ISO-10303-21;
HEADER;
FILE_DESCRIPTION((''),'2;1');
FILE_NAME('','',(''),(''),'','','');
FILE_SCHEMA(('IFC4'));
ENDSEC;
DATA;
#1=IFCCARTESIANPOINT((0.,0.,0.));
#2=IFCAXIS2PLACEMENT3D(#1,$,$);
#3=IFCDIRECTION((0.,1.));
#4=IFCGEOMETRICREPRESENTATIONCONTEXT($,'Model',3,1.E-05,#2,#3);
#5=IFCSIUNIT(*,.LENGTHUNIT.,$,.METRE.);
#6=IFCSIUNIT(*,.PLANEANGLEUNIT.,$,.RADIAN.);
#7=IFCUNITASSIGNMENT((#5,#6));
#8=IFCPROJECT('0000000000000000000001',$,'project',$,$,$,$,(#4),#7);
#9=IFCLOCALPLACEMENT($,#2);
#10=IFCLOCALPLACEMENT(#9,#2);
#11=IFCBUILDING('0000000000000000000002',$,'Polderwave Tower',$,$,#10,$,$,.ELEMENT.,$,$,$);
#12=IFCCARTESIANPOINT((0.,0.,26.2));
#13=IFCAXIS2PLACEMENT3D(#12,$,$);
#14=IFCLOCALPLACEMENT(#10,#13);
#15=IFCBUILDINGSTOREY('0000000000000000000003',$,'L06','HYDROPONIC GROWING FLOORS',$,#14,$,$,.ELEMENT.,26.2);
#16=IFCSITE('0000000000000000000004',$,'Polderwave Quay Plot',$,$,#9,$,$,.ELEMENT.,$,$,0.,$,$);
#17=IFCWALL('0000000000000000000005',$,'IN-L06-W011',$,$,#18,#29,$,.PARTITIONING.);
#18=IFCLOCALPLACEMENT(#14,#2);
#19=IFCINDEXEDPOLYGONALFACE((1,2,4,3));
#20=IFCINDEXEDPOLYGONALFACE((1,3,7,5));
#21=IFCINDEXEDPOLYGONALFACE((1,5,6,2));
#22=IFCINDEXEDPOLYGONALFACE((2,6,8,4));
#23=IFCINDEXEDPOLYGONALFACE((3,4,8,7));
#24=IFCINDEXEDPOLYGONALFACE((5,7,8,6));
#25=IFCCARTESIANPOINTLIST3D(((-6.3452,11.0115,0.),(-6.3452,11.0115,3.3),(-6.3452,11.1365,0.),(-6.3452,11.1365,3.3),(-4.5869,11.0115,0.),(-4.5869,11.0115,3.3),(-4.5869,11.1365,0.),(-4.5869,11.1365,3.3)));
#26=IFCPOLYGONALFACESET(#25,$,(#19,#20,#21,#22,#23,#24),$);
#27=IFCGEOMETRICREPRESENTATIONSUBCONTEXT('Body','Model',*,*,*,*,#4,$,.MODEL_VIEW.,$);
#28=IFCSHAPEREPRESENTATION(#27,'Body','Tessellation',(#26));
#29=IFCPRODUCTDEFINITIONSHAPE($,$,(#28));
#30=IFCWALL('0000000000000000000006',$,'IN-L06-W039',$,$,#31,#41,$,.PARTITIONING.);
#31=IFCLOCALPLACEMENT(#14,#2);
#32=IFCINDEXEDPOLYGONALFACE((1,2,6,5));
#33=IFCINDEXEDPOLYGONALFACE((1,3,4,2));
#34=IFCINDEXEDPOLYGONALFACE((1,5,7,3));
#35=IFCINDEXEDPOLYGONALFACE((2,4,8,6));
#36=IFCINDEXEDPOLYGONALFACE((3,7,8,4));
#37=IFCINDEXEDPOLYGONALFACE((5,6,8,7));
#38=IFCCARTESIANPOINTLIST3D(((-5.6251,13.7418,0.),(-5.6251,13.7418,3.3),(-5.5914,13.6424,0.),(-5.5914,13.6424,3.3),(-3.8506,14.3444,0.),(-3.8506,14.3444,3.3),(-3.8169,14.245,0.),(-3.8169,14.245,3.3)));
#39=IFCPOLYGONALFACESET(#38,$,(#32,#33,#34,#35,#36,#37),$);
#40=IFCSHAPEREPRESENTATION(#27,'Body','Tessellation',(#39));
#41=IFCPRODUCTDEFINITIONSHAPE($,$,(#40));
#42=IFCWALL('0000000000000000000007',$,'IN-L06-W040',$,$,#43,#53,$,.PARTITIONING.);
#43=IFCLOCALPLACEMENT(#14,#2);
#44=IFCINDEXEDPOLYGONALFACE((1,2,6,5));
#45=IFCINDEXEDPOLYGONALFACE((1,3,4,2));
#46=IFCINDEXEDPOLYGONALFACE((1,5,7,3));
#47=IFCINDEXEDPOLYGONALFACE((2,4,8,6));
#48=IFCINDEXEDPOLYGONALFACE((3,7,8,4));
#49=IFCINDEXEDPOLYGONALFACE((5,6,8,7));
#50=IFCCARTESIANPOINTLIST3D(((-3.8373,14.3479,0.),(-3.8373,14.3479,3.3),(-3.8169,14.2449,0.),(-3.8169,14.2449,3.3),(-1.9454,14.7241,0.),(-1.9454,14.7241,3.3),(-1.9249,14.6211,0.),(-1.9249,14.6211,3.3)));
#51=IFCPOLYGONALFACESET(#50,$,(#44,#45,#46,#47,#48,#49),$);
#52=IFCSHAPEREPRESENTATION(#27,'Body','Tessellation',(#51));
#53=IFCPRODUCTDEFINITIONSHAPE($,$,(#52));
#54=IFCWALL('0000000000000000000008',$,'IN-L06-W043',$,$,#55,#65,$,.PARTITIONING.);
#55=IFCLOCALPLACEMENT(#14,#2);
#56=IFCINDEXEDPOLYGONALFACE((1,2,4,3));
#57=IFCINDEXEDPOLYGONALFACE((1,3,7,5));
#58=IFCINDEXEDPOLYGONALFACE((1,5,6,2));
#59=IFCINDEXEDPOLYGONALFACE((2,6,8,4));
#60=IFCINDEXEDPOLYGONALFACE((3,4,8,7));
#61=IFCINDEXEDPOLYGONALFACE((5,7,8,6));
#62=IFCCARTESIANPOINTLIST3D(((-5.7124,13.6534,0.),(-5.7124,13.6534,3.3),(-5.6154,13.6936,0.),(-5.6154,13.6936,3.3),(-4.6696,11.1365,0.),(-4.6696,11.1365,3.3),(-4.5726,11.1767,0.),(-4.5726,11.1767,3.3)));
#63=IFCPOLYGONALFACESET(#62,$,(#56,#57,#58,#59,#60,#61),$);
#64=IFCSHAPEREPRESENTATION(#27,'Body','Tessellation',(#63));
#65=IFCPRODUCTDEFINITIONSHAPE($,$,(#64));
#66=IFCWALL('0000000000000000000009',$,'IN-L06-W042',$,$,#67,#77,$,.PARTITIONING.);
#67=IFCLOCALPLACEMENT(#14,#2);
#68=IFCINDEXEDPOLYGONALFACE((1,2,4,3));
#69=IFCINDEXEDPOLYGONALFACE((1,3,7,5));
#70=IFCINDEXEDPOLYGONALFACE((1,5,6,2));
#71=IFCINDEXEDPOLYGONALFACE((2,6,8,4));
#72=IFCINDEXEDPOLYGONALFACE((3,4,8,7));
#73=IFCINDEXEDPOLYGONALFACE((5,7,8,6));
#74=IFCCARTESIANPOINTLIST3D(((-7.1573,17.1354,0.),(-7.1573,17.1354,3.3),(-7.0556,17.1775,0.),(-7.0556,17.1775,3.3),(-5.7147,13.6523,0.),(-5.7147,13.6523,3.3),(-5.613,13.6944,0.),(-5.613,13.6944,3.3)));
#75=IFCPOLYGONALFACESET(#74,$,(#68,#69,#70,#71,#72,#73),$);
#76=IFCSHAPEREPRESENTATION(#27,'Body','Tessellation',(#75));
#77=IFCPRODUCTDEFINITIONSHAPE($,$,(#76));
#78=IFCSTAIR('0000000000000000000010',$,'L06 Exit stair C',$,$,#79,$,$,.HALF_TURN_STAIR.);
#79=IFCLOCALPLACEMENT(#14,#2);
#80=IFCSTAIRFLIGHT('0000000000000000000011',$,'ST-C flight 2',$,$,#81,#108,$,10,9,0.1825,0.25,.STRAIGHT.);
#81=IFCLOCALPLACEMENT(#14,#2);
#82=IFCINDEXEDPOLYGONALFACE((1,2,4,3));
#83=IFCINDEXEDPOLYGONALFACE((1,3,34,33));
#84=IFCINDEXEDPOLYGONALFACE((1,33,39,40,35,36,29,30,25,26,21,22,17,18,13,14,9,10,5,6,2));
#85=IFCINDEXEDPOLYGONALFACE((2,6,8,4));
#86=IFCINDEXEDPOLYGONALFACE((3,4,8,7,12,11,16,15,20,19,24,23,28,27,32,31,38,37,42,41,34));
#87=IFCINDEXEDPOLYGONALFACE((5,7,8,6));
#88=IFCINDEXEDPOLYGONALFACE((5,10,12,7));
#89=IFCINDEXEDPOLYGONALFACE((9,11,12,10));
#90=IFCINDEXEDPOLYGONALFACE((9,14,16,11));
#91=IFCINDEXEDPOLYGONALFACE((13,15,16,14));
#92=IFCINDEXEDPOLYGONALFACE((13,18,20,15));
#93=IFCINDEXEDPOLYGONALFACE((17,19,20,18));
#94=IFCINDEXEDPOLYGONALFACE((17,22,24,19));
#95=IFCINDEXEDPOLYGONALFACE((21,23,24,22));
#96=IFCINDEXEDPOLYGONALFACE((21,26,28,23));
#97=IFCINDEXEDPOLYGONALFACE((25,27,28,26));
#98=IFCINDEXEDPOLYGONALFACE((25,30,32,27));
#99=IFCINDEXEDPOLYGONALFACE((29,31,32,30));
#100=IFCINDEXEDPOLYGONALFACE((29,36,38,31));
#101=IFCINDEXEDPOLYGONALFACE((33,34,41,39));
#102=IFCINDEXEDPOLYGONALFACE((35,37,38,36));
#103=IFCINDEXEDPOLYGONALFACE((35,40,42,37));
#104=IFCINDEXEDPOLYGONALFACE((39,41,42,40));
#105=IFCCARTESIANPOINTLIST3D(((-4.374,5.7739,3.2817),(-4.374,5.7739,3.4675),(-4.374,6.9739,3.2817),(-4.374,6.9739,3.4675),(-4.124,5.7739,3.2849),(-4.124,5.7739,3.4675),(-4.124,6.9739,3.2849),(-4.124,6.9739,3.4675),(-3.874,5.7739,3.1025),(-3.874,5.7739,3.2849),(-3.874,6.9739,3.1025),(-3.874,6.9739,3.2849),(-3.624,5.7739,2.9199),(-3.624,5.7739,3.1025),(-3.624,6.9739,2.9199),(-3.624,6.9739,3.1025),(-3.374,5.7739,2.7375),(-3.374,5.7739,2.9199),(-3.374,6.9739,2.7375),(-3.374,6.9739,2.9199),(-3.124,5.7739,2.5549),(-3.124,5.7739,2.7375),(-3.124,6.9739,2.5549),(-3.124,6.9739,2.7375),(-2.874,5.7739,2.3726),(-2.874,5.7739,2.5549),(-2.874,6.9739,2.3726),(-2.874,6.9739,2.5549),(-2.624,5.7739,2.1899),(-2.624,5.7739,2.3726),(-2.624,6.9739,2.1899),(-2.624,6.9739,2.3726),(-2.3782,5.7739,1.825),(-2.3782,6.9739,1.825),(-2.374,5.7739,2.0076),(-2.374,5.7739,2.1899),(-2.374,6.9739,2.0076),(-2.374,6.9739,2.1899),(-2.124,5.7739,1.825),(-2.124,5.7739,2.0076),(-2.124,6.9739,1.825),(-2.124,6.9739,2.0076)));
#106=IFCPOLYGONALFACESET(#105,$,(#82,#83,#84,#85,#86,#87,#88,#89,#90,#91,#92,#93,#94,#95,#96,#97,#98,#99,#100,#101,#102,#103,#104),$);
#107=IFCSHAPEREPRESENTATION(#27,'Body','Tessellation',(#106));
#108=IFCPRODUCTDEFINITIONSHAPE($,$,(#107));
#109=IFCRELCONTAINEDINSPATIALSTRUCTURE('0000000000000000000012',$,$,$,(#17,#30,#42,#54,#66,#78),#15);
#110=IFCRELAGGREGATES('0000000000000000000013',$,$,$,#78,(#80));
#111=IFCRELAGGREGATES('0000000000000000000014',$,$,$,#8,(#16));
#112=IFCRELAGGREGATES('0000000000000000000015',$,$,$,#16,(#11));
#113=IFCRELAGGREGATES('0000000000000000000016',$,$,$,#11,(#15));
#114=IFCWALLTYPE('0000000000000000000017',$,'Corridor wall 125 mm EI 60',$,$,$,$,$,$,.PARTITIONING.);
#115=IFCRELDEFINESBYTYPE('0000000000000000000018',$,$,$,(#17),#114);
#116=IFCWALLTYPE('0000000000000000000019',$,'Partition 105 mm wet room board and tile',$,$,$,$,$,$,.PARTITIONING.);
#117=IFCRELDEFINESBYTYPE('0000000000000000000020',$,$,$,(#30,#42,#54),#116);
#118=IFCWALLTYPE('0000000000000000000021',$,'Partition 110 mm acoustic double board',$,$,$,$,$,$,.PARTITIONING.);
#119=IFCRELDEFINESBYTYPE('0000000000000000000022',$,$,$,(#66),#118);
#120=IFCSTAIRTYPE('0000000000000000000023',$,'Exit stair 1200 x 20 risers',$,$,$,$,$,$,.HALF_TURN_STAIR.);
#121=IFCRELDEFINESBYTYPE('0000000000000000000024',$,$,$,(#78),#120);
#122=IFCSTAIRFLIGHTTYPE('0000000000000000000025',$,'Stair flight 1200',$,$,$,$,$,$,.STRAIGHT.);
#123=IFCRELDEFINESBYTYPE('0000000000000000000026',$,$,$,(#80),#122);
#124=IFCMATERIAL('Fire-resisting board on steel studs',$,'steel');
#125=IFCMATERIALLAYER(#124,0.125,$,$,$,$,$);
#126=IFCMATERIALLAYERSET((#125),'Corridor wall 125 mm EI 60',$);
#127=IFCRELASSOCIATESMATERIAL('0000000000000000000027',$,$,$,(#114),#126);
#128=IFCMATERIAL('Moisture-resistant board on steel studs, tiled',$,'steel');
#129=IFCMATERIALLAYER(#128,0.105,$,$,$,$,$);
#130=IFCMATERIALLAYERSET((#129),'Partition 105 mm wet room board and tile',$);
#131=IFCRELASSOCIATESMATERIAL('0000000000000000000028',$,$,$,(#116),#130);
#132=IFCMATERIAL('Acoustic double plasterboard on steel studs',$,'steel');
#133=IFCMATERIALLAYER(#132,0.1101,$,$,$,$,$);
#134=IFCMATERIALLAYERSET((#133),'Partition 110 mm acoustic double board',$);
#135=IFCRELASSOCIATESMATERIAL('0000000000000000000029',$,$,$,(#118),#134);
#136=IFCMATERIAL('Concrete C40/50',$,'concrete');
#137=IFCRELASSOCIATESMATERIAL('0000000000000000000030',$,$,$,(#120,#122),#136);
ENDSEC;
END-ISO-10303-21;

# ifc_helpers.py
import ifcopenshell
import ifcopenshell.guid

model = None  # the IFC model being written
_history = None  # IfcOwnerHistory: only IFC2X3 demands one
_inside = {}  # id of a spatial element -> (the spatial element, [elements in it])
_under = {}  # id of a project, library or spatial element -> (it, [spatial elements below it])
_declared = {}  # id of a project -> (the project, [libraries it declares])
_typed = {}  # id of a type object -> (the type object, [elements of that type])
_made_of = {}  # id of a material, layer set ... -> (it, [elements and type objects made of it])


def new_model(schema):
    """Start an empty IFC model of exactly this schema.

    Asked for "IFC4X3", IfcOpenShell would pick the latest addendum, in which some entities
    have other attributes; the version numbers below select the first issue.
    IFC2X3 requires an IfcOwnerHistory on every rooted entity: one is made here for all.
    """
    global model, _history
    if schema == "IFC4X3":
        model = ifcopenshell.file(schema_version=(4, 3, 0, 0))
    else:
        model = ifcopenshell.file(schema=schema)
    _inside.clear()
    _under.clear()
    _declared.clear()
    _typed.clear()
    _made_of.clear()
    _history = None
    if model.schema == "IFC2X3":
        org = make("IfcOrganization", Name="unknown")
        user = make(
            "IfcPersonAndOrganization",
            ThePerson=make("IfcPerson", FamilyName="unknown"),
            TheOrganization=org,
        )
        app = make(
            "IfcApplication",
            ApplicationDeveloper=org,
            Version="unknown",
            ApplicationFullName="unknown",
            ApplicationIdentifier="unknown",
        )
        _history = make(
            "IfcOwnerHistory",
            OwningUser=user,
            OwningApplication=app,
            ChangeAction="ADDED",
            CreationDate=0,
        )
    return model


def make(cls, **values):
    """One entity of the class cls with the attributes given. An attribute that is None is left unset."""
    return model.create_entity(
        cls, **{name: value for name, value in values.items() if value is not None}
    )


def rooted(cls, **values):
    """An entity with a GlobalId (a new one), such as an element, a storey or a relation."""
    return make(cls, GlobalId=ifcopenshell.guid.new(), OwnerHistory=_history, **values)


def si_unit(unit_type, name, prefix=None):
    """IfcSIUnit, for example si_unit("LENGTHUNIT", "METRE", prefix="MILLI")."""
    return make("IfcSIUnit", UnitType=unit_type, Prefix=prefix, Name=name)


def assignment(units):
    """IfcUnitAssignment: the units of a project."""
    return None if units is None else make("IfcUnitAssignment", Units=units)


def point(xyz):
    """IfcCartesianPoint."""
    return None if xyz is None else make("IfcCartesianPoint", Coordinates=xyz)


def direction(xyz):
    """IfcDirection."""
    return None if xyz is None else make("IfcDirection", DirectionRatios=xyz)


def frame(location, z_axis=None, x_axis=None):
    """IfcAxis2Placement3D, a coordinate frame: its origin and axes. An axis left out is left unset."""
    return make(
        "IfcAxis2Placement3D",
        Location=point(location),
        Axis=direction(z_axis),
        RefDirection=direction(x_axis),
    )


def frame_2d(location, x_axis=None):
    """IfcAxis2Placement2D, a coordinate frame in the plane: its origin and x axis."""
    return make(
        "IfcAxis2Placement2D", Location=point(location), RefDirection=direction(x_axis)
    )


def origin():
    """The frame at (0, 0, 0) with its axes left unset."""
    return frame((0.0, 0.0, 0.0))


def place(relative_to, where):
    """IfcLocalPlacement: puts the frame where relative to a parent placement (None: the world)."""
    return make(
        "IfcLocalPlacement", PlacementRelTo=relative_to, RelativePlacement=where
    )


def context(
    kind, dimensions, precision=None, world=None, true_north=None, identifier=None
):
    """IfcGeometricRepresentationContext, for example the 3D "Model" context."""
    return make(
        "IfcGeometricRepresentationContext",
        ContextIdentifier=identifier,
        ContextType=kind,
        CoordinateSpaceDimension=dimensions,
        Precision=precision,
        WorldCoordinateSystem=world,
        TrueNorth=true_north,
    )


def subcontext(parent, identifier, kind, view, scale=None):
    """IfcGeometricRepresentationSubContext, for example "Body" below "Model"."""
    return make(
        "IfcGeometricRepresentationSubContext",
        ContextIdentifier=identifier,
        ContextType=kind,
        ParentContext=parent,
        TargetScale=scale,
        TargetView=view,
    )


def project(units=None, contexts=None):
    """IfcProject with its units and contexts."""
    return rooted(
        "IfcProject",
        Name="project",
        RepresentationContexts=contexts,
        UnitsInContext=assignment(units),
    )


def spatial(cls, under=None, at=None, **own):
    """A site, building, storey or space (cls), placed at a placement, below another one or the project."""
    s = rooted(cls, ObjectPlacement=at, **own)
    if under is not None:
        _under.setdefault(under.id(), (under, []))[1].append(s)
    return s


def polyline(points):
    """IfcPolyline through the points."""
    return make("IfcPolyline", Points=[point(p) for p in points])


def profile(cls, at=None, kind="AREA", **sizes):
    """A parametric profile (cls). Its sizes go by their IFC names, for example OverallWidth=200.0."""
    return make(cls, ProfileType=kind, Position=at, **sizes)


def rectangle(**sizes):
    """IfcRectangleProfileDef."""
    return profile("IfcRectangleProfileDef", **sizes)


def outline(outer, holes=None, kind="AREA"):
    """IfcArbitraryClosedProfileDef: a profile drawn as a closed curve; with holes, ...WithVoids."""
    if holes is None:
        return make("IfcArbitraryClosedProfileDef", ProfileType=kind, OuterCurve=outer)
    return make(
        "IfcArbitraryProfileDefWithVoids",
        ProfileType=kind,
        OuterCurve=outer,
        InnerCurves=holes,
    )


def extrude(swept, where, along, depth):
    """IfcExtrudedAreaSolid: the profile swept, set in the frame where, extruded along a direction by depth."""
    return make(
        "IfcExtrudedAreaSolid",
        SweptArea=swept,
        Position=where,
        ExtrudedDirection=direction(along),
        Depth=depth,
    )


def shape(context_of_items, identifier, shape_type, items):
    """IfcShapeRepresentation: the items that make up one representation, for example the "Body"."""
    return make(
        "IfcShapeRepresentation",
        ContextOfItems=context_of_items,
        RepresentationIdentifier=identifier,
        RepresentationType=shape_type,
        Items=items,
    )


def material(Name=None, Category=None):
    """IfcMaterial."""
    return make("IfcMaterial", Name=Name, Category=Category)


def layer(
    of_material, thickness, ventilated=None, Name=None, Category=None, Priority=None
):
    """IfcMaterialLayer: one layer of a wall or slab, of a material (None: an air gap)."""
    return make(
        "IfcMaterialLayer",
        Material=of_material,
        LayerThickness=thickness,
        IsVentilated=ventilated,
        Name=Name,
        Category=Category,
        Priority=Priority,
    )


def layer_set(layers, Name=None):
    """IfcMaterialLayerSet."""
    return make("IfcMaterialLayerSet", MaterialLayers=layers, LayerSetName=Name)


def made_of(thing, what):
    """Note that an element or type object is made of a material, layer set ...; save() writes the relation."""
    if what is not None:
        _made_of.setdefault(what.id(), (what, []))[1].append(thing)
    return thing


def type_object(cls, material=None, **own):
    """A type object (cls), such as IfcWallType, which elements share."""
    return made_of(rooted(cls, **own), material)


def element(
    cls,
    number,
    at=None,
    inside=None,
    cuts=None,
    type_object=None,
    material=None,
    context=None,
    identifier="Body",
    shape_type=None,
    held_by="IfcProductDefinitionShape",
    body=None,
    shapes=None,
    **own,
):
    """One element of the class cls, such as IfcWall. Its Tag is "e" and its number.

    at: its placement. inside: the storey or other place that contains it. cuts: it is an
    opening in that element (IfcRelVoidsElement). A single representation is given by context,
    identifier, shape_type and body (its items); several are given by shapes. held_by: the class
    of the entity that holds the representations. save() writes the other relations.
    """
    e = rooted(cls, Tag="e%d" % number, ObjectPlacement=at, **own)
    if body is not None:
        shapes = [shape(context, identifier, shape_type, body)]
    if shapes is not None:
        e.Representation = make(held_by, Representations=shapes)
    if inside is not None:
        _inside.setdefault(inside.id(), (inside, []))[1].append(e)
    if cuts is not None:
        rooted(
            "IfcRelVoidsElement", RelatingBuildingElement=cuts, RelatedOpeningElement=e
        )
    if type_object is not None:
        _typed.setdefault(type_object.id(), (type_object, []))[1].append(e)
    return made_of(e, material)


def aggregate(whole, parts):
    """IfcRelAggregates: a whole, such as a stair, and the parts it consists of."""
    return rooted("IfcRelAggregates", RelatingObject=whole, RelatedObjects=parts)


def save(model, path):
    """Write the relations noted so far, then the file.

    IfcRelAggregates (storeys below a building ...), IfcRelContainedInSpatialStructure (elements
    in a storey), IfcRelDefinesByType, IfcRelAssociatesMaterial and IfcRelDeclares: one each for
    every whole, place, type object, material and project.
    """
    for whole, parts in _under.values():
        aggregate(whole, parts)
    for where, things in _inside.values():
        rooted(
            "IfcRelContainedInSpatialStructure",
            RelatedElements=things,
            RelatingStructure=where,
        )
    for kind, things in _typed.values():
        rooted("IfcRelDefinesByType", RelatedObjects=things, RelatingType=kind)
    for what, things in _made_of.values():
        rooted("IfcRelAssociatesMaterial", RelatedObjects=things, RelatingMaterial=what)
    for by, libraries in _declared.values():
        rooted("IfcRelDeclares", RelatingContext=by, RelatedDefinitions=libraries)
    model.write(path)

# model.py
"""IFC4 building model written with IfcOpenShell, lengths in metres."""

from ifc_helpers import new_model, si_unit, direction, frame, frame_2d, origin, place, context, subcontext, project, spatial, polyline, rectangle, outline, extrude, material, layer, layer_set, type_object, element, aggregate, save


model = new_model("IFC4")

# Units and contexts
model_context = context("Model", 3, precision=1e-05, world=origin(), true_north=direction((0.0, 1.0)))
body_context = subcontext(model_context, "Body", "Model", "MODEL_VIEW")
ifc_project = project(units=[si_unit("LENGTHUNIT", "METRE"), si_unit("PLANEANGLEUNIT", "RADIAN")], contexts=[model_context])

# Site, building, storey
site_placement = place(None, origin())
site = spatial("IfcSite", under=ifc_project, at=site_placement, Name="Polderwave Quay Plot", CompositionType="ELEMENT", RefElevation=0.0)
building_placement = place(site_placement, origin())
building = spatial("IfcBuilding", under=site, at=building_placement, Name="Polderwave Tower", CompositionType="ELEMENT")
storey_placement = place(building_placement, frame((0.0, 0.0, 26.2)))
storey = spatial("IfcBuildingStorey", under=building, at=storey_placement, Name="L06", Description="HYDROPONIC GROWING FLOORS", CompositionType="ELEMENT", Elevation=26.2)

# Shared definitions
ifc_material_1 = material(Name="Fire-resisting board on steel studs", Category="steel")
ifc_layer_1 = layer(ifc_material_1, 0.125)
ifc_layer_set_1 = layer_set([ifc_layer_1], Name="Corridor wall 125 mm EI 60")
wall_type_1 = type_object("IfcWallType", Name="Corridor wall 125 mm EI 60", PredefinedType="PARTITIONING", material=ifc_layer_set_1)

# Walls
wall_1_placement = place(storey_placement, frame((-6.3452, 11.074, 0.0), z_axis=(0.0, 0.0, 1.0), x_axis=(1.0, 0.0, 0.0)))
element("IfcWall", 1, at=wall_1_placement, inside=storey, type_object=wall_type_1, Name="IN-L06-W011", PredefinedType="PARTITIONING", context=body_context, shape_type="SweptSolid", body=[
    extrude(rectangle(XDim=1.7583, YDim=0.125, at=frame_2d((0.8792, 0.0))), origin(), (0.0, 0.0, 1.0), 3.3),
])
ifc_material_2 = material(Name="Moisture-resistant board on steel studs, tiled", Category="steel")
ifc_layer_2 = layer(ifc_material_2, 0.105)
ifc_layer_set_2 = layer_set([ifc_layer_2], Name="Partition 105 mm wet room board and tile")
wall_type_2 = type_object("IfcWallType", Name="Partition 105 mm wet room board and tile", PredefinedType="PARTITIONING", material=ifc_layer_set_2)
wall_2_placement = place(storey_placement, frame((-3.8337, 14.2947, 0.0), z_axis=(0.0, 0.0, 1.0), x_axis=(-0.946897, -0.321538, 0.0)))
element("IfcWall", 2, at=wall_2_placement, inside=storey, type_object=wall_type_2, Name="IN-L06-W039", PredefinedType="PARTITIONING", context=body_context, shape_type="SweptSolid", body=[
    extrude(rectangle(XDim=1.874, YDim=0.105, at=frame_2d((0.937, 0.0))), origin(), (0.0, 0.0, 1.0), 3.3),
])
wall_3_placement = place(storey_placement, frame((-1.9353, 14.6726, 0.0), z_axis=(0.0, 0.0, 1.0), x_axis=(-0.980794, -0.195045, 0.0)))
element("IfcWall", 3, at=wall_3_placement, inside=storey, type_object=wall_type_2, Name="IN-L06-W040", PredefinedType="PARTITIONING", context=body_context, shape_type="SweptSolid", body=[
    extrude(rectangle(XDim=1.929, YDim=0.105, at=frame_2d((0.9644, 0.0))), origin(), (0.0, 0.0, 1.0), 3.3),
])
wall_4_placement = place(storey_placement, frame((-4.6211, 11.1565, 0.0), z_axis=(0.0, 0.0, 1.0), x_axis=(-0.38275, 0.923852, 0.0)))
element("IfcWall", 4, at=wall_4_placement, inside=storey, type_object=wall_type_2, Name="IN-L06-W043", PredefinedType="PARTITIONING", context=body_context, shape_type="SweptSolid", body=[
    extrude(rectangle(XDim=2.7244, YDim=0.105, at=frame_2d((1.3623, 0.0))), origin(), (0.0, 0.0, 1.0), 3.3),
])
ifc_material_3 = material(Name="Acoustic double plasterboard on steel studs", Category="steel")
ifc_layer_3 = layer(ifc_material_3, 0.1101)
ifc_layer_set_3 = layer_set([ifc_layer_3], Name="Partition 110 mm acoustic double board")
wall_type_3 = type_object("IfcWallType", Name="Partition 110 mm acoustic double board", PredefinedType="PARTITIONING", material=ifc_layer_set_3)
wall_5_placement = place(storey_placement, frame((-5.6638, 13.6733, 0.0), z_axis=(0.0, 0.0, 1.0), x_axis=(-0.382651, 0.923893, 0.0)))
element("IfcWall", 5, at=wall_5_placement, inside=storey, type_object=wall_type_3, Name="IN-L06-W042", PredefinedType="PARTITIONING", context=body_context, shape_type="SweptSolid", body=[
    extrude(rectangle(XDim=3.77, YDim=0.1101, at=frame_2d((1.885, 0.0))), origin(), (0.0, 0.0, 1.0), 3.3),
])

# Stair, stair flight
ifc_material_4 = material(Name="Concrete C40/50", Category="concrete")
stair_type = type_object("IfcStairType", Name="Exit stair 1200 x 20 risers", PredefinedType="HALF_TURN_STAIR", material=ifc_material_4)
stair_placement = place(storey_placement, origin())
stair = element("IfcStair", 6, at=stair_placement, inside=storey, type_object=stair_type, Name="L06 Exit stair C", PredefinedType="HALF_TURN_STAIR")
stair_flight_type = type_object("IfcStairFlightType", Name="Stair flight 1200", PredefinedType="STRAIGHT", material=ifc_material_4)
stair_flight_placement = place(storey_placement, frame((-2.124, 6.374, 1.825), z_axis=(0.0, 0.0, 1.0), x_axis=(-1.0, 0.0, 0.0)))
stair_flight = element("IfcStairFlight", 7, at=stair_flight_placement, type_object=stair_flight_type, Name="ST-C flight 2", NumberOfRisers=10, NumberOfTreads=9, PredefinedType="STRAIGHT", RiserHeight=0.1825, TreadLength=0.25, context=body_context, shape_type="SweptSolid", body=[
    extrude(outline(polyline([(0.0, 0.0), (0.0, 0.1826), (0.25, 0.1826), (0.25, 0.365), (0.5, 0.365), (0.5, 0.5476), (0.75, 0.5476), (0.75, 0.73), (1.0, 0.73), (1.0, 0.9126), (1.25, 0.9126), (1.25, 1.095), (1.5, 1.095), (1.5, 1.2776), (1.75, 1.2776), (1.75, 1.46), (2.0, 1.46), (2.0, 1.6426), (2.25, 1.6426), (2.25, 1.825), (2.25, 1.4568), (0.2542, 0.0), (0.0, 0.0)])), frame((0.0, 0.6001, 0.0), z_axis=(0.0, -1.0, 0.0), x_axis=(1.0, 0.0, 0.0)), (0.0, 0.0, 1.0), 1.2),
])
aggregate(stair, [stair_flight])

save(model, "model.ifc")
